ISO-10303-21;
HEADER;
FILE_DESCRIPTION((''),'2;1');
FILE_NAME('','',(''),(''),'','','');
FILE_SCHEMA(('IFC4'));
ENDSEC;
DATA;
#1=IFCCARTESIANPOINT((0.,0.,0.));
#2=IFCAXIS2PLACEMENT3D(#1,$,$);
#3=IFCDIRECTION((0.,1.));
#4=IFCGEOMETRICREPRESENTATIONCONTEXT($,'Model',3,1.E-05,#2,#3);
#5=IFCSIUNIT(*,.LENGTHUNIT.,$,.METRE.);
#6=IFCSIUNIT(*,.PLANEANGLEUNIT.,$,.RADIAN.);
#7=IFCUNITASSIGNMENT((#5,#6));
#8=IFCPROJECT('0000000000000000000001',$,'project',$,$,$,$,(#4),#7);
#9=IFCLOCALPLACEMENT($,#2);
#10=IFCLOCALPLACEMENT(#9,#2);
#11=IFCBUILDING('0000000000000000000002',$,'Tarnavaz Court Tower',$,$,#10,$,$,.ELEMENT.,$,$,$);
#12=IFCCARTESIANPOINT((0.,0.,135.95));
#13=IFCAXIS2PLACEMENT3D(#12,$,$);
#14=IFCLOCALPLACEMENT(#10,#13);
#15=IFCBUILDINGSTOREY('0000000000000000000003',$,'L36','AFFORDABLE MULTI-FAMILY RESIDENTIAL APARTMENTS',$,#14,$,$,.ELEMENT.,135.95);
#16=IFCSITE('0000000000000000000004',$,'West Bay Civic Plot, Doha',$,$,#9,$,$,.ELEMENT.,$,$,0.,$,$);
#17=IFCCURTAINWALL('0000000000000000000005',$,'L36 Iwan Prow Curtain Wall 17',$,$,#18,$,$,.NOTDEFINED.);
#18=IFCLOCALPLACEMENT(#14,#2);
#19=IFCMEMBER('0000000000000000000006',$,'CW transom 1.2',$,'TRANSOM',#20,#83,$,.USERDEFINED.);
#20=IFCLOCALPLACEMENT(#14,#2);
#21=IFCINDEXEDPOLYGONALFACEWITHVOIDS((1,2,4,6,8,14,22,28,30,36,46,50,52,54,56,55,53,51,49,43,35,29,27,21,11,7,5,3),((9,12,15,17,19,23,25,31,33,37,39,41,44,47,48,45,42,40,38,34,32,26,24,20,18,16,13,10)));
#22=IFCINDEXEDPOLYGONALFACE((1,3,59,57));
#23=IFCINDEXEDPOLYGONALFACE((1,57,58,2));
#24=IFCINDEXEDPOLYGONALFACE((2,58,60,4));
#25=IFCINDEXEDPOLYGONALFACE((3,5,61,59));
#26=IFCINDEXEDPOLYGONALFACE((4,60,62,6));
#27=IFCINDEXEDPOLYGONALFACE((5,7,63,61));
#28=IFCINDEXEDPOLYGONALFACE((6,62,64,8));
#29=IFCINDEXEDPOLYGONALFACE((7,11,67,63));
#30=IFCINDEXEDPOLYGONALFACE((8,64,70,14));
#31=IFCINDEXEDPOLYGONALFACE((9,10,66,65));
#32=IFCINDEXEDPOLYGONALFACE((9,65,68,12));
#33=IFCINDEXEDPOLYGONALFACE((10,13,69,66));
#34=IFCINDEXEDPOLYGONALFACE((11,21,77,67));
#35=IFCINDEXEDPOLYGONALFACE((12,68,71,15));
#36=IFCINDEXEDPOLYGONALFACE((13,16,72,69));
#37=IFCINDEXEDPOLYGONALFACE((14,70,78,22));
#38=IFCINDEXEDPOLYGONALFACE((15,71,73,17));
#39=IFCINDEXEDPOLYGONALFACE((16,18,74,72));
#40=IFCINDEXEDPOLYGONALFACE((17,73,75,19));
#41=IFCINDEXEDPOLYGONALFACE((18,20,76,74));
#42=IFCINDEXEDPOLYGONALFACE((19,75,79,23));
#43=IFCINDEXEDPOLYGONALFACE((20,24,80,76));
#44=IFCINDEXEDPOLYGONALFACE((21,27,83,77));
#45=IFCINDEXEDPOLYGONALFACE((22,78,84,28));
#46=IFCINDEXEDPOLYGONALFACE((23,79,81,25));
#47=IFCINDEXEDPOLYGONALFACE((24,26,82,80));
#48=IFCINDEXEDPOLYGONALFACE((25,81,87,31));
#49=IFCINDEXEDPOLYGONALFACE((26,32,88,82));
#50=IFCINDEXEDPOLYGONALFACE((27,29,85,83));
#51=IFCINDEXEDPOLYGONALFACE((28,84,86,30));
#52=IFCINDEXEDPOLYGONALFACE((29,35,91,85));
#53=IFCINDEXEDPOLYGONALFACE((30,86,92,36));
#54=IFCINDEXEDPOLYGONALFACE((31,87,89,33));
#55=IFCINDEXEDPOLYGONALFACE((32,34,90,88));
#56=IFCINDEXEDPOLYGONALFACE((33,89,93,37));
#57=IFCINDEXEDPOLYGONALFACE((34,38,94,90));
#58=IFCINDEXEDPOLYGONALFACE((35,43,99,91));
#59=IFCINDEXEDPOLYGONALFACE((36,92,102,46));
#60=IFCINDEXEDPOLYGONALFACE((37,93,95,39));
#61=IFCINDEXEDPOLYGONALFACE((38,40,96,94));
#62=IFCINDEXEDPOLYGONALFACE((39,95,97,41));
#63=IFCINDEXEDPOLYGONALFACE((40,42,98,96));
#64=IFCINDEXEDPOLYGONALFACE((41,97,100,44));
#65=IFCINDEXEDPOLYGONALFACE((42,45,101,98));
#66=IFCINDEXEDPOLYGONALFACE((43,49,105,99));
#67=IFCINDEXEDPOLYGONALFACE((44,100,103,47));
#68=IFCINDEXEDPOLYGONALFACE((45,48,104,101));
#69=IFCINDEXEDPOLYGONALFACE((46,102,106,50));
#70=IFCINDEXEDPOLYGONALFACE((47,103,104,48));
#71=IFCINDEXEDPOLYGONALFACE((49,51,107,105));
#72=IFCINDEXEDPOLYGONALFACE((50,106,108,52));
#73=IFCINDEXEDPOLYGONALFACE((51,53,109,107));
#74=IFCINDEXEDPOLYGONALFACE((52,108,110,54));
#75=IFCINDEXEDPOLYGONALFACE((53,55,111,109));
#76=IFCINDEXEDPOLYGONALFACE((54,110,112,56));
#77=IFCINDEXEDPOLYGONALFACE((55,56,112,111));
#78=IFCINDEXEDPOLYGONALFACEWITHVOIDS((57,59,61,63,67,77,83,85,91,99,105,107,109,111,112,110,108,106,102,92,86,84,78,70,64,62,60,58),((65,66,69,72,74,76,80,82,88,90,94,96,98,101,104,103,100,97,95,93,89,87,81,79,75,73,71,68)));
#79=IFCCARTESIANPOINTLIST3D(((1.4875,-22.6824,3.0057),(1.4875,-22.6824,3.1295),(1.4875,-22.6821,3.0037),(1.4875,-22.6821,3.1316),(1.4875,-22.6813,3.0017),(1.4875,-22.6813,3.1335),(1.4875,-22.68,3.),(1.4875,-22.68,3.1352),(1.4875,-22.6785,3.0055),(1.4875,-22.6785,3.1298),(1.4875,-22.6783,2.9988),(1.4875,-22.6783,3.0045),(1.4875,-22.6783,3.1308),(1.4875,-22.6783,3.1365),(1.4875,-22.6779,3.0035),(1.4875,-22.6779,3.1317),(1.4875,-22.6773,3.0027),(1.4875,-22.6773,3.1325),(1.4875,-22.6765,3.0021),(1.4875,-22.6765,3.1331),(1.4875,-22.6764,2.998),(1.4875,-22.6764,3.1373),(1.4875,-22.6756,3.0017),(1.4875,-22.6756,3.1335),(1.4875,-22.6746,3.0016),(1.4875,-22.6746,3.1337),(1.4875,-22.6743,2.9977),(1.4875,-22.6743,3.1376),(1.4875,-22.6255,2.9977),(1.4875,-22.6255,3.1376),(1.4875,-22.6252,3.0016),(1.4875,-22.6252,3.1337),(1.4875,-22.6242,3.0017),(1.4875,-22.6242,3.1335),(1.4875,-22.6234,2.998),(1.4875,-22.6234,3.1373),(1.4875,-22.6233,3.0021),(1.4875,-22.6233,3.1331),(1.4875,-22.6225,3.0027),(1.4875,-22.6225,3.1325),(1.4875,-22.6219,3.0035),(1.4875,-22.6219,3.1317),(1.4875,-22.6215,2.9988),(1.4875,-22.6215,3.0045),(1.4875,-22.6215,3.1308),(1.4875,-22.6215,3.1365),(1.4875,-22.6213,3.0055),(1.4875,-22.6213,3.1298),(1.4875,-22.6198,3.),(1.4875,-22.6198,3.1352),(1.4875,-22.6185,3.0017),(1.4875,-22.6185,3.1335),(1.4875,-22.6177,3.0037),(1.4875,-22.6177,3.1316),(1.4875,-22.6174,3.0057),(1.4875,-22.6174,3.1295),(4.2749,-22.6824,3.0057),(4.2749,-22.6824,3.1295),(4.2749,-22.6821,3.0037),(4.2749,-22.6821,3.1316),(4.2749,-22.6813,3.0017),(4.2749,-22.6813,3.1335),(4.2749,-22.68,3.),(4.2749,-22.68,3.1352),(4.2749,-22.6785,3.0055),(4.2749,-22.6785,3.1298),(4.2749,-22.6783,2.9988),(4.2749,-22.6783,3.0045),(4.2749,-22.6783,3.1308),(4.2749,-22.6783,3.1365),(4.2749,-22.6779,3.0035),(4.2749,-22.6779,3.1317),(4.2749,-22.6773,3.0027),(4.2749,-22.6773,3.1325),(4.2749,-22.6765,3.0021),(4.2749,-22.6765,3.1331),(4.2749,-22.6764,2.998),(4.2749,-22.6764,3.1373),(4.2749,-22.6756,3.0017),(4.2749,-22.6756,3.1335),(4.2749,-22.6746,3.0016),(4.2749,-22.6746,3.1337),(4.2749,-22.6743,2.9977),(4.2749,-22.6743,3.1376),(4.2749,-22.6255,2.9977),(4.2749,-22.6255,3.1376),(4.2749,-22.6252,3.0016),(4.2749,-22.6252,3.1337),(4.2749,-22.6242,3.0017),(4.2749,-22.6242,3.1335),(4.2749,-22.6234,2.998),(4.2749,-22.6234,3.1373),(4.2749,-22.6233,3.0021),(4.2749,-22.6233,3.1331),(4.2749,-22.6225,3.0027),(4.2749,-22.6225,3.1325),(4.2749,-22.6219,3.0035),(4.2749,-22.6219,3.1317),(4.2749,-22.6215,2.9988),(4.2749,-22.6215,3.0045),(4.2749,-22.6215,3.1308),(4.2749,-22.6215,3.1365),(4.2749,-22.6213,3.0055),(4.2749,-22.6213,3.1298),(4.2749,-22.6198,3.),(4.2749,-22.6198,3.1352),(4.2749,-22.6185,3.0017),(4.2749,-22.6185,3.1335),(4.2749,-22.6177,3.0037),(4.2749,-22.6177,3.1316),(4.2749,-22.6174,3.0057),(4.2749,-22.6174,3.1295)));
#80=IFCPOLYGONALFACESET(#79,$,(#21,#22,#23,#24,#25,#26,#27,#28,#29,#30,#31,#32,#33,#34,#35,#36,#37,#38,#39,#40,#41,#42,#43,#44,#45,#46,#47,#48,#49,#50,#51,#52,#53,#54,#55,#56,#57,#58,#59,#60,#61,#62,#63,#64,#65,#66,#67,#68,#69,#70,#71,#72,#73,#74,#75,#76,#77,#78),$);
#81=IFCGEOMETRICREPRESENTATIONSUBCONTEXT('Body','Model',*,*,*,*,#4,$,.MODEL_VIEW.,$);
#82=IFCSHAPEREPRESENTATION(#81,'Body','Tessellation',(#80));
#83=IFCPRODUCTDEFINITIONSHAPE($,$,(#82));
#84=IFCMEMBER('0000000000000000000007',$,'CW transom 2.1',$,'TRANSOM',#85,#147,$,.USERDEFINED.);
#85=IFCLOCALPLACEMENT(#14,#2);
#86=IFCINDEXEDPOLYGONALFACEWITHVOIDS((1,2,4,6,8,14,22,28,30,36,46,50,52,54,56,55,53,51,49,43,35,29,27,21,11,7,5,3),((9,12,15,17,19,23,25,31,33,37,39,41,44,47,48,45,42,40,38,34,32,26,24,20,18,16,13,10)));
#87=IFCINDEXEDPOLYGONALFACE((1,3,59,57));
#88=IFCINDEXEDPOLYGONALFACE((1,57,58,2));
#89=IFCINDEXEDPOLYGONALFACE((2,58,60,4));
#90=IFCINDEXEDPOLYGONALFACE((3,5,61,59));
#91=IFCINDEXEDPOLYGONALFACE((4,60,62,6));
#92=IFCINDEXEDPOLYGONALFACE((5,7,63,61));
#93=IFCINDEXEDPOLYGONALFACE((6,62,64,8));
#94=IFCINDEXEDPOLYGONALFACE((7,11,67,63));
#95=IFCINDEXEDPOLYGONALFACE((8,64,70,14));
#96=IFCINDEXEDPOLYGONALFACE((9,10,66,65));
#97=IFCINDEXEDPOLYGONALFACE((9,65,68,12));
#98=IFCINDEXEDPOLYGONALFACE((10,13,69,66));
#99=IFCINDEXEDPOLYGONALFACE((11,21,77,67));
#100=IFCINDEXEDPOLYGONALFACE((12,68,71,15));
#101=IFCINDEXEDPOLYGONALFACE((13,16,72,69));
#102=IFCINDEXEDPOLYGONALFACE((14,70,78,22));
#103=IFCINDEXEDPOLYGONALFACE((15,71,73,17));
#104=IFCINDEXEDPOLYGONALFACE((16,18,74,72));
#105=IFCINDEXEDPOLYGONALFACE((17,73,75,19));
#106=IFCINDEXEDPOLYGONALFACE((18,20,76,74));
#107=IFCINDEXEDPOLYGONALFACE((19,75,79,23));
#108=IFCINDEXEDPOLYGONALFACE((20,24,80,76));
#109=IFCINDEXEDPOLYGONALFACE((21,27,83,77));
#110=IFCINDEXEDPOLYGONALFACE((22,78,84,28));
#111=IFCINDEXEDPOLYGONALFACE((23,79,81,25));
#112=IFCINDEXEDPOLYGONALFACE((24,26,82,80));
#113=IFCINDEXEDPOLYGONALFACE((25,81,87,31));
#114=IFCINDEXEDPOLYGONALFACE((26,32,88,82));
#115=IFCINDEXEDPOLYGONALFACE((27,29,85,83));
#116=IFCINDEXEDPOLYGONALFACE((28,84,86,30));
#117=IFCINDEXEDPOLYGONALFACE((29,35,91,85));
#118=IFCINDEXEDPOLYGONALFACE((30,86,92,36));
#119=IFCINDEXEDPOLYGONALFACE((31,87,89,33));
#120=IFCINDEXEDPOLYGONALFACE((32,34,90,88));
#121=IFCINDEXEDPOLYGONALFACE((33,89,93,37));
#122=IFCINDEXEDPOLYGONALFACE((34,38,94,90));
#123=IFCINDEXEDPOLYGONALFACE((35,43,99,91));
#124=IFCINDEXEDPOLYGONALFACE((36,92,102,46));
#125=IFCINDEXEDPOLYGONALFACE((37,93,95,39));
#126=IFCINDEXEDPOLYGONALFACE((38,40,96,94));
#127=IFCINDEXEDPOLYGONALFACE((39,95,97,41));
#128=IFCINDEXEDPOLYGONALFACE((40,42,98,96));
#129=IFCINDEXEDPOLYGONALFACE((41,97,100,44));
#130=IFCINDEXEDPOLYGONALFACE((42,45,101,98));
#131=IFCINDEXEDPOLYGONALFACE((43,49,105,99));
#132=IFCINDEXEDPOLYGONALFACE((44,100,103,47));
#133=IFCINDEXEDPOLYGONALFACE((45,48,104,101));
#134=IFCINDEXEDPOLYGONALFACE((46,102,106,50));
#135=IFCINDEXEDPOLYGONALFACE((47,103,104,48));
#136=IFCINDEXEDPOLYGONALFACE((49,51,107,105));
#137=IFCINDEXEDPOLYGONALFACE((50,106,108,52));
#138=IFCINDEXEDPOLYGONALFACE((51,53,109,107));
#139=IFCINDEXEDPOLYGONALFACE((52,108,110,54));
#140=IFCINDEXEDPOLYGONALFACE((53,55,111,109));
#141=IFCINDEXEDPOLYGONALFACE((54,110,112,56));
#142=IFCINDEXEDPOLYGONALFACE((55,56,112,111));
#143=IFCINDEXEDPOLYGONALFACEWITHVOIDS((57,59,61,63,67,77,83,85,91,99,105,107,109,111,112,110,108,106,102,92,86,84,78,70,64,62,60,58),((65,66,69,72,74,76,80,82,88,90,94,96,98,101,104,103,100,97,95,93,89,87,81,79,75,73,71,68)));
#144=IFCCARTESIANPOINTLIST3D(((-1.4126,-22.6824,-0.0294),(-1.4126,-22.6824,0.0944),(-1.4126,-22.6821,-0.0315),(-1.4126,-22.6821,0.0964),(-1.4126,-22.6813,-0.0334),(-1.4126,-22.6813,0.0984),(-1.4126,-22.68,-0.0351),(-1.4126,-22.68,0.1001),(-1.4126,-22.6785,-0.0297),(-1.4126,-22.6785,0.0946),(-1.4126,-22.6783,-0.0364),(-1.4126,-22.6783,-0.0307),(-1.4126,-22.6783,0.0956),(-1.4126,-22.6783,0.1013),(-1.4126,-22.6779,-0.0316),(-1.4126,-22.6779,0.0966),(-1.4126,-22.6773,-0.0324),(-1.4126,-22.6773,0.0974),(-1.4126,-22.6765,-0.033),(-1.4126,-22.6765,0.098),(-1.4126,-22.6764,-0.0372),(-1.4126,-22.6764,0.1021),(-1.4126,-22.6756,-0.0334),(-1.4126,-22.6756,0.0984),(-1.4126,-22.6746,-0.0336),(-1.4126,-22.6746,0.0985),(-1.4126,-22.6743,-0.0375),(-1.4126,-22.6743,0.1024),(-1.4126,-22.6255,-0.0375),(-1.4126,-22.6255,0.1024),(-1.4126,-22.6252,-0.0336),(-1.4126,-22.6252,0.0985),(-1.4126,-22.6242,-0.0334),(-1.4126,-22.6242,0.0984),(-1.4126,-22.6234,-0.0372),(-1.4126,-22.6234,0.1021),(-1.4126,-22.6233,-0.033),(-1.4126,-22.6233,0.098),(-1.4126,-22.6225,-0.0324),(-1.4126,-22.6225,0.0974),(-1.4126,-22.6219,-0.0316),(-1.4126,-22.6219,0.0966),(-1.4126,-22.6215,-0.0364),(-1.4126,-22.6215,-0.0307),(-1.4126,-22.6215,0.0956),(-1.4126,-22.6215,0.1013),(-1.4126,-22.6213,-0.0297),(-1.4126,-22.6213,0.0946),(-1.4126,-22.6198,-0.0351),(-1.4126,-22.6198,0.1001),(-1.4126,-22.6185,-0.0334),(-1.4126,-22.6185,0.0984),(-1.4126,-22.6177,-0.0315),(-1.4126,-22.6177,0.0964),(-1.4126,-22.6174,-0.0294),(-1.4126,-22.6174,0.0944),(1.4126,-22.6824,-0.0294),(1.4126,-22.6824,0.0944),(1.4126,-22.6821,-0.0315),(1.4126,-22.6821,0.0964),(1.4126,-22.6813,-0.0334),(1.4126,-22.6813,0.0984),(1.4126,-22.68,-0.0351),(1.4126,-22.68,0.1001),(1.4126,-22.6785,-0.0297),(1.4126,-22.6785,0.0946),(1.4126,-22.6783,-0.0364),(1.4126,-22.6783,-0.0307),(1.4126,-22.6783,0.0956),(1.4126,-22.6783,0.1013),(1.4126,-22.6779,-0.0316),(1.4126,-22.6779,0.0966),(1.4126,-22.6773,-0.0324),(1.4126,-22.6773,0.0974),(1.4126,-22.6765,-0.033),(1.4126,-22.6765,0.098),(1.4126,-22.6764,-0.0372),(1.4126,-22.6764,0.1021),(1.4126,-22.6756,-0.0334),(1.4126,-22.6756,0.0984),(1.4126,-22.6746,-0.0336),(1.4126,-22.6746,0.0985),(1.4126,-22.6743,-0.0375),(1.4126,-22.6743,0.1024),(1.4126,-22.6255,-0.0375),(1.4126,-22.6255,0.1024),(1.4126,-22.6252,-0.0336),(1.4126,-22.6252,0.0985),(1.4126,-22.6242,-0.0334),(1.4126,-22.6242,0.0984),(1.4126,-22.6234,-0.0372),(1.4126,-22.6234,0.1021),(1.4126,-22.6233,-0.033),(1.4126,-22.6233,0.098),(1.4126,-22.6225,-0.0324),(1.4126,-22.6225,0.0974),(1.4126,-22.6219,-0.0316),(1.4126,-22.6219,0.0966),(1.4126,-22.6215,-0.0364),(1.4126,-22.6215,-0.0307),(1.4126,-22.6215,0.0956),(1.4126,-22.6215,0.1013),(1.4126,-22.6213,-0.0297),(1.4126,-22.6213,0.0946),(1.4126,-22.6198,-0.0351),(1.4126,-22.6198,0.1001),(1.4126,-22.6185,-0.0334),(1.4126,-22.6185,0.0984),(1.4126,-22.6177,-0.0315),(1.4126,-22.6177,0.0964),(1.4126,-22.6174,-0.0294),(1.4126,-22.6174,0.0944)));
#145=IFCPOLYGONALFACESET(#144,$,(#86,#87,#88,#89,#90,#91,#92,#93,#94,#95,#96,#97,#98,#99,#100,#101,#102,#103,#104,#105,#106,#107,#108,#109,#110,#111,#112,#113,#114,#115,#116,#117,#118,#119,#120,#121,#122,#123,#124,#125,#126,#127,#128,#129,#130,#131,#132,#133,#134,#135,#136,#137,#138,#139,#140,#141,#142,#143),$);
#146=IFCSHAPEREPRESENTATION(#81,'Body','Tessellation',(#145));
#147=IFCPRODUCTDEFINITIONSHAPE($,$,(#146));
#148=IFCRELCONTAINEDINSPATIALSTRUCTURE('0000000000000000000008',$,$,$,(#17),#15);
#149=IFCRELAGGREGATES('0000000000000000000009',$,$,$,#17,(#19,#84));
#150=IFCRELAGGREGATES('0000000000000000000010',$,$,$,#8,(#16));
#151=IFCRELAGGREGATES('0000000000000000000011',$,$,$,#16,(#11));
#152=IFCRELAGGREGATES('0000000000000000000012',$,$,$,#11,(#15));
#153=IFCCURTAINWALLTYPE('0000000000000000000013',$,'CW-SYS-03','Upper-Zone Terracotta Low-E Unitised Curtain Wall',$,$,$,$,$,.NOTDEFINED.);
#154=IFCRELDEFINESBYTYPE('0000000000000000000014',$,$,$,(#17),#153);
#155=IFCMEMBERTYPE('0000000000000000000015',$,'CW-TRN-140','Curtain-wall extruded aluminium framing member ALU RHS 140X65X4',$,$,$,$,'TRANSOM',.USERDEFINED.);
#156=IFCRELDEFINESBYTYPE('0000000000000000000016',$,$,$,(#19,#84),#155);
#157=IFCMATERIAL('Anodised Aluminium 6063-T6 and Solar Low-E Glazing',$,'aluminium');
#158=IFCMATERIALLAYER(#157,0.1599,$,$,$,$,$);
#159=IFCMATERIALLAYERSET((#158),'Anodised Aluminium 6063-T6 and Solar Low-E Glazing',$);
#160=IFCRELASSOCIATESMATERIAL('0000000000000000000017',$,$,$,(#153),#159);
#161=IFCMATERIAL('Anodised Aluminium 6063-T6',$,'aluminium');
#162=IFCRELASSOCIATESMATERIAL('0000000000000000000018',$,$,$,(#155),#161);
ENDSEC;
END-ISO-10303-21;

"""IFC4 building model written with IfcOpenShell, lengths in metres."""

from ifc_helpers import new_model, si_unit, direction, frame, origin, origin_2d, place, context, subcontext, project, spatial, hollow_rectangle, extrude, material, layer, layer_set, material_profile, profile_set, type_object, element, aggregate, save


model = new_model("IFC4")

# Units and contexts
model_context = context("Model", 3, precision=1e-05, world=origin(), true_north=direction((0.0, 1.0)))
body_context = subcontext(model_context, "Body", "Model", "MODEL_VIEW")
ifc_project = project(units=[si_unit("LENGTHUNIT", "METRE"), si_unit("PLANEANGLEUNIT", "RADIAN")], contexts=[model_context])

# Site, building, storey
site_placement = place(None, origin())
site = spatial("IfcSite", under=ifc_project, at=site_placement, Name="West Bay Civic Plot, Doha", CompositionType="ELEMENT", RefElevation=0.0)
building_placement = place(site_placement, origin())
building = spatial("IfcBuilding", under=site, at=building_placement, Name="Tarnavaz Court Tower", CompositionType="ELEMENT")
storey_placement = place(building_placement, frame((0.0, 0.0, 135.95)))
storey = spatial("IfcBuildingStorey", under=building, at=storey_placement, Name="L36", Description="AFFORDABLE MULTI-FAMILY RESIDENTIAL APARTMENTS", CompositionType="ELEMENT", Elevation=135.95)

# Curtain wall, members
ifc_material_1 = material(Name="Anodised Aluminium 6063-T6 and Solar Low-E Glazing", Category="aluminium")
ifc_layer_1 = layer(ifc_material_1, 0.1599)
ifc_layer_set_1 = layer_set([ifc_layer_1], Name="Anodised Aluminium 6063-T6 and Solar Low-E Glazing")
curtain_wall_type = type_object("IfcCurtainWallType", Name="CW-SYS-03", Description="Upper-Zone Terracotta Low-E Unitised Curtain Wall", PredefinedType="NOTDEFINED", material=ifc_layer_set_1)
curtain_wall_placement = place(storey_placement, origin())
curtain_wall = element("IfcCurtainWall", 1, at=curtain_wall_placement, inside=storey, type_object=curtain_wall_type, Name="L36 Iwan Prow Curtain Wall 17", PredefinedType="NOTDEFINED")
ifc_material_2 = material(Name="Anodised Aluminium 6063-T6", Category="aluminium")
ifc_material_profile_1 = material_profile(ifc_material_2, hollow_rectangle(XDim=0.0649, YDim=0.1399, WallThickness=0.0039, InnerFilletRadius=0.0039, OuterFilletRadius=0.0081, at=origin_2d()), Name="ALU RHS 140X65X4")
ifc_profile_set_1 = profile_set([ifc_material_profile_1], Name="Anodised Aluminium 6063-T6")
member_type_1 = type_object("IfcMemberType", Name="CW-TRN-140", Description="Curtain-wall extruded aluminium framing member ALU RHS 140X65X4", ElementType="TRANSOM", PredefinedType="USERDEFINED", material=ifc_profile_set_1)
member_1_placement = place(storey_placement, frame((4.2749, -22.6499, 3.0676), z_axis=(-1.0, 0.0, 0.0), x_axis=(0.0, -1.0, 0.0)))
member_1 = element("IfcMember", 2, at=member_1_placement, type_object=member_type_1, Name="CW transom 1.2", ObjectType="TRANSOM", PredefinedType="USERDEFINED", context=body_context, shape_type="SweptSolid", body=[
    extrude(hollow_rectangle(XDim=0.0649, YDim=0.1399, WallThickness=0.0039, InnerFilletRadius=0.0039, OuterFilletRadius=0.0081, at=origin_2d()), origin(), (0.0, 0.0, 1.0), 2.7874),
])
member_2_placement = place(storey_placement, frame((1.4126, -22.6499, 0.0325), z_axis=(-1.0, 0.0, 0.0), x_axis=(0.0, -1.0, 0.0)))
member_2 = element("IfcMember", 3, at=member_2_placement, type_object=member_type_1, Name="CW transom 2.1", ObjectType="TRANSOM", PredefinedType="USERDEFINED", context=body_context, shape_type="SweptSolid", body=[
    extrude(hollow_rectangle(XDim=0.0649, YDim=0.1399, WallThickness=0.0039, InnerFilletRadius=0.0039, OuterFilletRadius=0.0081, at=origin_2d()), origin(), (0.0, 0.0, 1.0), 2.8252),
])
aggregate(curtain_wall, [member_1, member_2])

save(model, "model.ifc")
